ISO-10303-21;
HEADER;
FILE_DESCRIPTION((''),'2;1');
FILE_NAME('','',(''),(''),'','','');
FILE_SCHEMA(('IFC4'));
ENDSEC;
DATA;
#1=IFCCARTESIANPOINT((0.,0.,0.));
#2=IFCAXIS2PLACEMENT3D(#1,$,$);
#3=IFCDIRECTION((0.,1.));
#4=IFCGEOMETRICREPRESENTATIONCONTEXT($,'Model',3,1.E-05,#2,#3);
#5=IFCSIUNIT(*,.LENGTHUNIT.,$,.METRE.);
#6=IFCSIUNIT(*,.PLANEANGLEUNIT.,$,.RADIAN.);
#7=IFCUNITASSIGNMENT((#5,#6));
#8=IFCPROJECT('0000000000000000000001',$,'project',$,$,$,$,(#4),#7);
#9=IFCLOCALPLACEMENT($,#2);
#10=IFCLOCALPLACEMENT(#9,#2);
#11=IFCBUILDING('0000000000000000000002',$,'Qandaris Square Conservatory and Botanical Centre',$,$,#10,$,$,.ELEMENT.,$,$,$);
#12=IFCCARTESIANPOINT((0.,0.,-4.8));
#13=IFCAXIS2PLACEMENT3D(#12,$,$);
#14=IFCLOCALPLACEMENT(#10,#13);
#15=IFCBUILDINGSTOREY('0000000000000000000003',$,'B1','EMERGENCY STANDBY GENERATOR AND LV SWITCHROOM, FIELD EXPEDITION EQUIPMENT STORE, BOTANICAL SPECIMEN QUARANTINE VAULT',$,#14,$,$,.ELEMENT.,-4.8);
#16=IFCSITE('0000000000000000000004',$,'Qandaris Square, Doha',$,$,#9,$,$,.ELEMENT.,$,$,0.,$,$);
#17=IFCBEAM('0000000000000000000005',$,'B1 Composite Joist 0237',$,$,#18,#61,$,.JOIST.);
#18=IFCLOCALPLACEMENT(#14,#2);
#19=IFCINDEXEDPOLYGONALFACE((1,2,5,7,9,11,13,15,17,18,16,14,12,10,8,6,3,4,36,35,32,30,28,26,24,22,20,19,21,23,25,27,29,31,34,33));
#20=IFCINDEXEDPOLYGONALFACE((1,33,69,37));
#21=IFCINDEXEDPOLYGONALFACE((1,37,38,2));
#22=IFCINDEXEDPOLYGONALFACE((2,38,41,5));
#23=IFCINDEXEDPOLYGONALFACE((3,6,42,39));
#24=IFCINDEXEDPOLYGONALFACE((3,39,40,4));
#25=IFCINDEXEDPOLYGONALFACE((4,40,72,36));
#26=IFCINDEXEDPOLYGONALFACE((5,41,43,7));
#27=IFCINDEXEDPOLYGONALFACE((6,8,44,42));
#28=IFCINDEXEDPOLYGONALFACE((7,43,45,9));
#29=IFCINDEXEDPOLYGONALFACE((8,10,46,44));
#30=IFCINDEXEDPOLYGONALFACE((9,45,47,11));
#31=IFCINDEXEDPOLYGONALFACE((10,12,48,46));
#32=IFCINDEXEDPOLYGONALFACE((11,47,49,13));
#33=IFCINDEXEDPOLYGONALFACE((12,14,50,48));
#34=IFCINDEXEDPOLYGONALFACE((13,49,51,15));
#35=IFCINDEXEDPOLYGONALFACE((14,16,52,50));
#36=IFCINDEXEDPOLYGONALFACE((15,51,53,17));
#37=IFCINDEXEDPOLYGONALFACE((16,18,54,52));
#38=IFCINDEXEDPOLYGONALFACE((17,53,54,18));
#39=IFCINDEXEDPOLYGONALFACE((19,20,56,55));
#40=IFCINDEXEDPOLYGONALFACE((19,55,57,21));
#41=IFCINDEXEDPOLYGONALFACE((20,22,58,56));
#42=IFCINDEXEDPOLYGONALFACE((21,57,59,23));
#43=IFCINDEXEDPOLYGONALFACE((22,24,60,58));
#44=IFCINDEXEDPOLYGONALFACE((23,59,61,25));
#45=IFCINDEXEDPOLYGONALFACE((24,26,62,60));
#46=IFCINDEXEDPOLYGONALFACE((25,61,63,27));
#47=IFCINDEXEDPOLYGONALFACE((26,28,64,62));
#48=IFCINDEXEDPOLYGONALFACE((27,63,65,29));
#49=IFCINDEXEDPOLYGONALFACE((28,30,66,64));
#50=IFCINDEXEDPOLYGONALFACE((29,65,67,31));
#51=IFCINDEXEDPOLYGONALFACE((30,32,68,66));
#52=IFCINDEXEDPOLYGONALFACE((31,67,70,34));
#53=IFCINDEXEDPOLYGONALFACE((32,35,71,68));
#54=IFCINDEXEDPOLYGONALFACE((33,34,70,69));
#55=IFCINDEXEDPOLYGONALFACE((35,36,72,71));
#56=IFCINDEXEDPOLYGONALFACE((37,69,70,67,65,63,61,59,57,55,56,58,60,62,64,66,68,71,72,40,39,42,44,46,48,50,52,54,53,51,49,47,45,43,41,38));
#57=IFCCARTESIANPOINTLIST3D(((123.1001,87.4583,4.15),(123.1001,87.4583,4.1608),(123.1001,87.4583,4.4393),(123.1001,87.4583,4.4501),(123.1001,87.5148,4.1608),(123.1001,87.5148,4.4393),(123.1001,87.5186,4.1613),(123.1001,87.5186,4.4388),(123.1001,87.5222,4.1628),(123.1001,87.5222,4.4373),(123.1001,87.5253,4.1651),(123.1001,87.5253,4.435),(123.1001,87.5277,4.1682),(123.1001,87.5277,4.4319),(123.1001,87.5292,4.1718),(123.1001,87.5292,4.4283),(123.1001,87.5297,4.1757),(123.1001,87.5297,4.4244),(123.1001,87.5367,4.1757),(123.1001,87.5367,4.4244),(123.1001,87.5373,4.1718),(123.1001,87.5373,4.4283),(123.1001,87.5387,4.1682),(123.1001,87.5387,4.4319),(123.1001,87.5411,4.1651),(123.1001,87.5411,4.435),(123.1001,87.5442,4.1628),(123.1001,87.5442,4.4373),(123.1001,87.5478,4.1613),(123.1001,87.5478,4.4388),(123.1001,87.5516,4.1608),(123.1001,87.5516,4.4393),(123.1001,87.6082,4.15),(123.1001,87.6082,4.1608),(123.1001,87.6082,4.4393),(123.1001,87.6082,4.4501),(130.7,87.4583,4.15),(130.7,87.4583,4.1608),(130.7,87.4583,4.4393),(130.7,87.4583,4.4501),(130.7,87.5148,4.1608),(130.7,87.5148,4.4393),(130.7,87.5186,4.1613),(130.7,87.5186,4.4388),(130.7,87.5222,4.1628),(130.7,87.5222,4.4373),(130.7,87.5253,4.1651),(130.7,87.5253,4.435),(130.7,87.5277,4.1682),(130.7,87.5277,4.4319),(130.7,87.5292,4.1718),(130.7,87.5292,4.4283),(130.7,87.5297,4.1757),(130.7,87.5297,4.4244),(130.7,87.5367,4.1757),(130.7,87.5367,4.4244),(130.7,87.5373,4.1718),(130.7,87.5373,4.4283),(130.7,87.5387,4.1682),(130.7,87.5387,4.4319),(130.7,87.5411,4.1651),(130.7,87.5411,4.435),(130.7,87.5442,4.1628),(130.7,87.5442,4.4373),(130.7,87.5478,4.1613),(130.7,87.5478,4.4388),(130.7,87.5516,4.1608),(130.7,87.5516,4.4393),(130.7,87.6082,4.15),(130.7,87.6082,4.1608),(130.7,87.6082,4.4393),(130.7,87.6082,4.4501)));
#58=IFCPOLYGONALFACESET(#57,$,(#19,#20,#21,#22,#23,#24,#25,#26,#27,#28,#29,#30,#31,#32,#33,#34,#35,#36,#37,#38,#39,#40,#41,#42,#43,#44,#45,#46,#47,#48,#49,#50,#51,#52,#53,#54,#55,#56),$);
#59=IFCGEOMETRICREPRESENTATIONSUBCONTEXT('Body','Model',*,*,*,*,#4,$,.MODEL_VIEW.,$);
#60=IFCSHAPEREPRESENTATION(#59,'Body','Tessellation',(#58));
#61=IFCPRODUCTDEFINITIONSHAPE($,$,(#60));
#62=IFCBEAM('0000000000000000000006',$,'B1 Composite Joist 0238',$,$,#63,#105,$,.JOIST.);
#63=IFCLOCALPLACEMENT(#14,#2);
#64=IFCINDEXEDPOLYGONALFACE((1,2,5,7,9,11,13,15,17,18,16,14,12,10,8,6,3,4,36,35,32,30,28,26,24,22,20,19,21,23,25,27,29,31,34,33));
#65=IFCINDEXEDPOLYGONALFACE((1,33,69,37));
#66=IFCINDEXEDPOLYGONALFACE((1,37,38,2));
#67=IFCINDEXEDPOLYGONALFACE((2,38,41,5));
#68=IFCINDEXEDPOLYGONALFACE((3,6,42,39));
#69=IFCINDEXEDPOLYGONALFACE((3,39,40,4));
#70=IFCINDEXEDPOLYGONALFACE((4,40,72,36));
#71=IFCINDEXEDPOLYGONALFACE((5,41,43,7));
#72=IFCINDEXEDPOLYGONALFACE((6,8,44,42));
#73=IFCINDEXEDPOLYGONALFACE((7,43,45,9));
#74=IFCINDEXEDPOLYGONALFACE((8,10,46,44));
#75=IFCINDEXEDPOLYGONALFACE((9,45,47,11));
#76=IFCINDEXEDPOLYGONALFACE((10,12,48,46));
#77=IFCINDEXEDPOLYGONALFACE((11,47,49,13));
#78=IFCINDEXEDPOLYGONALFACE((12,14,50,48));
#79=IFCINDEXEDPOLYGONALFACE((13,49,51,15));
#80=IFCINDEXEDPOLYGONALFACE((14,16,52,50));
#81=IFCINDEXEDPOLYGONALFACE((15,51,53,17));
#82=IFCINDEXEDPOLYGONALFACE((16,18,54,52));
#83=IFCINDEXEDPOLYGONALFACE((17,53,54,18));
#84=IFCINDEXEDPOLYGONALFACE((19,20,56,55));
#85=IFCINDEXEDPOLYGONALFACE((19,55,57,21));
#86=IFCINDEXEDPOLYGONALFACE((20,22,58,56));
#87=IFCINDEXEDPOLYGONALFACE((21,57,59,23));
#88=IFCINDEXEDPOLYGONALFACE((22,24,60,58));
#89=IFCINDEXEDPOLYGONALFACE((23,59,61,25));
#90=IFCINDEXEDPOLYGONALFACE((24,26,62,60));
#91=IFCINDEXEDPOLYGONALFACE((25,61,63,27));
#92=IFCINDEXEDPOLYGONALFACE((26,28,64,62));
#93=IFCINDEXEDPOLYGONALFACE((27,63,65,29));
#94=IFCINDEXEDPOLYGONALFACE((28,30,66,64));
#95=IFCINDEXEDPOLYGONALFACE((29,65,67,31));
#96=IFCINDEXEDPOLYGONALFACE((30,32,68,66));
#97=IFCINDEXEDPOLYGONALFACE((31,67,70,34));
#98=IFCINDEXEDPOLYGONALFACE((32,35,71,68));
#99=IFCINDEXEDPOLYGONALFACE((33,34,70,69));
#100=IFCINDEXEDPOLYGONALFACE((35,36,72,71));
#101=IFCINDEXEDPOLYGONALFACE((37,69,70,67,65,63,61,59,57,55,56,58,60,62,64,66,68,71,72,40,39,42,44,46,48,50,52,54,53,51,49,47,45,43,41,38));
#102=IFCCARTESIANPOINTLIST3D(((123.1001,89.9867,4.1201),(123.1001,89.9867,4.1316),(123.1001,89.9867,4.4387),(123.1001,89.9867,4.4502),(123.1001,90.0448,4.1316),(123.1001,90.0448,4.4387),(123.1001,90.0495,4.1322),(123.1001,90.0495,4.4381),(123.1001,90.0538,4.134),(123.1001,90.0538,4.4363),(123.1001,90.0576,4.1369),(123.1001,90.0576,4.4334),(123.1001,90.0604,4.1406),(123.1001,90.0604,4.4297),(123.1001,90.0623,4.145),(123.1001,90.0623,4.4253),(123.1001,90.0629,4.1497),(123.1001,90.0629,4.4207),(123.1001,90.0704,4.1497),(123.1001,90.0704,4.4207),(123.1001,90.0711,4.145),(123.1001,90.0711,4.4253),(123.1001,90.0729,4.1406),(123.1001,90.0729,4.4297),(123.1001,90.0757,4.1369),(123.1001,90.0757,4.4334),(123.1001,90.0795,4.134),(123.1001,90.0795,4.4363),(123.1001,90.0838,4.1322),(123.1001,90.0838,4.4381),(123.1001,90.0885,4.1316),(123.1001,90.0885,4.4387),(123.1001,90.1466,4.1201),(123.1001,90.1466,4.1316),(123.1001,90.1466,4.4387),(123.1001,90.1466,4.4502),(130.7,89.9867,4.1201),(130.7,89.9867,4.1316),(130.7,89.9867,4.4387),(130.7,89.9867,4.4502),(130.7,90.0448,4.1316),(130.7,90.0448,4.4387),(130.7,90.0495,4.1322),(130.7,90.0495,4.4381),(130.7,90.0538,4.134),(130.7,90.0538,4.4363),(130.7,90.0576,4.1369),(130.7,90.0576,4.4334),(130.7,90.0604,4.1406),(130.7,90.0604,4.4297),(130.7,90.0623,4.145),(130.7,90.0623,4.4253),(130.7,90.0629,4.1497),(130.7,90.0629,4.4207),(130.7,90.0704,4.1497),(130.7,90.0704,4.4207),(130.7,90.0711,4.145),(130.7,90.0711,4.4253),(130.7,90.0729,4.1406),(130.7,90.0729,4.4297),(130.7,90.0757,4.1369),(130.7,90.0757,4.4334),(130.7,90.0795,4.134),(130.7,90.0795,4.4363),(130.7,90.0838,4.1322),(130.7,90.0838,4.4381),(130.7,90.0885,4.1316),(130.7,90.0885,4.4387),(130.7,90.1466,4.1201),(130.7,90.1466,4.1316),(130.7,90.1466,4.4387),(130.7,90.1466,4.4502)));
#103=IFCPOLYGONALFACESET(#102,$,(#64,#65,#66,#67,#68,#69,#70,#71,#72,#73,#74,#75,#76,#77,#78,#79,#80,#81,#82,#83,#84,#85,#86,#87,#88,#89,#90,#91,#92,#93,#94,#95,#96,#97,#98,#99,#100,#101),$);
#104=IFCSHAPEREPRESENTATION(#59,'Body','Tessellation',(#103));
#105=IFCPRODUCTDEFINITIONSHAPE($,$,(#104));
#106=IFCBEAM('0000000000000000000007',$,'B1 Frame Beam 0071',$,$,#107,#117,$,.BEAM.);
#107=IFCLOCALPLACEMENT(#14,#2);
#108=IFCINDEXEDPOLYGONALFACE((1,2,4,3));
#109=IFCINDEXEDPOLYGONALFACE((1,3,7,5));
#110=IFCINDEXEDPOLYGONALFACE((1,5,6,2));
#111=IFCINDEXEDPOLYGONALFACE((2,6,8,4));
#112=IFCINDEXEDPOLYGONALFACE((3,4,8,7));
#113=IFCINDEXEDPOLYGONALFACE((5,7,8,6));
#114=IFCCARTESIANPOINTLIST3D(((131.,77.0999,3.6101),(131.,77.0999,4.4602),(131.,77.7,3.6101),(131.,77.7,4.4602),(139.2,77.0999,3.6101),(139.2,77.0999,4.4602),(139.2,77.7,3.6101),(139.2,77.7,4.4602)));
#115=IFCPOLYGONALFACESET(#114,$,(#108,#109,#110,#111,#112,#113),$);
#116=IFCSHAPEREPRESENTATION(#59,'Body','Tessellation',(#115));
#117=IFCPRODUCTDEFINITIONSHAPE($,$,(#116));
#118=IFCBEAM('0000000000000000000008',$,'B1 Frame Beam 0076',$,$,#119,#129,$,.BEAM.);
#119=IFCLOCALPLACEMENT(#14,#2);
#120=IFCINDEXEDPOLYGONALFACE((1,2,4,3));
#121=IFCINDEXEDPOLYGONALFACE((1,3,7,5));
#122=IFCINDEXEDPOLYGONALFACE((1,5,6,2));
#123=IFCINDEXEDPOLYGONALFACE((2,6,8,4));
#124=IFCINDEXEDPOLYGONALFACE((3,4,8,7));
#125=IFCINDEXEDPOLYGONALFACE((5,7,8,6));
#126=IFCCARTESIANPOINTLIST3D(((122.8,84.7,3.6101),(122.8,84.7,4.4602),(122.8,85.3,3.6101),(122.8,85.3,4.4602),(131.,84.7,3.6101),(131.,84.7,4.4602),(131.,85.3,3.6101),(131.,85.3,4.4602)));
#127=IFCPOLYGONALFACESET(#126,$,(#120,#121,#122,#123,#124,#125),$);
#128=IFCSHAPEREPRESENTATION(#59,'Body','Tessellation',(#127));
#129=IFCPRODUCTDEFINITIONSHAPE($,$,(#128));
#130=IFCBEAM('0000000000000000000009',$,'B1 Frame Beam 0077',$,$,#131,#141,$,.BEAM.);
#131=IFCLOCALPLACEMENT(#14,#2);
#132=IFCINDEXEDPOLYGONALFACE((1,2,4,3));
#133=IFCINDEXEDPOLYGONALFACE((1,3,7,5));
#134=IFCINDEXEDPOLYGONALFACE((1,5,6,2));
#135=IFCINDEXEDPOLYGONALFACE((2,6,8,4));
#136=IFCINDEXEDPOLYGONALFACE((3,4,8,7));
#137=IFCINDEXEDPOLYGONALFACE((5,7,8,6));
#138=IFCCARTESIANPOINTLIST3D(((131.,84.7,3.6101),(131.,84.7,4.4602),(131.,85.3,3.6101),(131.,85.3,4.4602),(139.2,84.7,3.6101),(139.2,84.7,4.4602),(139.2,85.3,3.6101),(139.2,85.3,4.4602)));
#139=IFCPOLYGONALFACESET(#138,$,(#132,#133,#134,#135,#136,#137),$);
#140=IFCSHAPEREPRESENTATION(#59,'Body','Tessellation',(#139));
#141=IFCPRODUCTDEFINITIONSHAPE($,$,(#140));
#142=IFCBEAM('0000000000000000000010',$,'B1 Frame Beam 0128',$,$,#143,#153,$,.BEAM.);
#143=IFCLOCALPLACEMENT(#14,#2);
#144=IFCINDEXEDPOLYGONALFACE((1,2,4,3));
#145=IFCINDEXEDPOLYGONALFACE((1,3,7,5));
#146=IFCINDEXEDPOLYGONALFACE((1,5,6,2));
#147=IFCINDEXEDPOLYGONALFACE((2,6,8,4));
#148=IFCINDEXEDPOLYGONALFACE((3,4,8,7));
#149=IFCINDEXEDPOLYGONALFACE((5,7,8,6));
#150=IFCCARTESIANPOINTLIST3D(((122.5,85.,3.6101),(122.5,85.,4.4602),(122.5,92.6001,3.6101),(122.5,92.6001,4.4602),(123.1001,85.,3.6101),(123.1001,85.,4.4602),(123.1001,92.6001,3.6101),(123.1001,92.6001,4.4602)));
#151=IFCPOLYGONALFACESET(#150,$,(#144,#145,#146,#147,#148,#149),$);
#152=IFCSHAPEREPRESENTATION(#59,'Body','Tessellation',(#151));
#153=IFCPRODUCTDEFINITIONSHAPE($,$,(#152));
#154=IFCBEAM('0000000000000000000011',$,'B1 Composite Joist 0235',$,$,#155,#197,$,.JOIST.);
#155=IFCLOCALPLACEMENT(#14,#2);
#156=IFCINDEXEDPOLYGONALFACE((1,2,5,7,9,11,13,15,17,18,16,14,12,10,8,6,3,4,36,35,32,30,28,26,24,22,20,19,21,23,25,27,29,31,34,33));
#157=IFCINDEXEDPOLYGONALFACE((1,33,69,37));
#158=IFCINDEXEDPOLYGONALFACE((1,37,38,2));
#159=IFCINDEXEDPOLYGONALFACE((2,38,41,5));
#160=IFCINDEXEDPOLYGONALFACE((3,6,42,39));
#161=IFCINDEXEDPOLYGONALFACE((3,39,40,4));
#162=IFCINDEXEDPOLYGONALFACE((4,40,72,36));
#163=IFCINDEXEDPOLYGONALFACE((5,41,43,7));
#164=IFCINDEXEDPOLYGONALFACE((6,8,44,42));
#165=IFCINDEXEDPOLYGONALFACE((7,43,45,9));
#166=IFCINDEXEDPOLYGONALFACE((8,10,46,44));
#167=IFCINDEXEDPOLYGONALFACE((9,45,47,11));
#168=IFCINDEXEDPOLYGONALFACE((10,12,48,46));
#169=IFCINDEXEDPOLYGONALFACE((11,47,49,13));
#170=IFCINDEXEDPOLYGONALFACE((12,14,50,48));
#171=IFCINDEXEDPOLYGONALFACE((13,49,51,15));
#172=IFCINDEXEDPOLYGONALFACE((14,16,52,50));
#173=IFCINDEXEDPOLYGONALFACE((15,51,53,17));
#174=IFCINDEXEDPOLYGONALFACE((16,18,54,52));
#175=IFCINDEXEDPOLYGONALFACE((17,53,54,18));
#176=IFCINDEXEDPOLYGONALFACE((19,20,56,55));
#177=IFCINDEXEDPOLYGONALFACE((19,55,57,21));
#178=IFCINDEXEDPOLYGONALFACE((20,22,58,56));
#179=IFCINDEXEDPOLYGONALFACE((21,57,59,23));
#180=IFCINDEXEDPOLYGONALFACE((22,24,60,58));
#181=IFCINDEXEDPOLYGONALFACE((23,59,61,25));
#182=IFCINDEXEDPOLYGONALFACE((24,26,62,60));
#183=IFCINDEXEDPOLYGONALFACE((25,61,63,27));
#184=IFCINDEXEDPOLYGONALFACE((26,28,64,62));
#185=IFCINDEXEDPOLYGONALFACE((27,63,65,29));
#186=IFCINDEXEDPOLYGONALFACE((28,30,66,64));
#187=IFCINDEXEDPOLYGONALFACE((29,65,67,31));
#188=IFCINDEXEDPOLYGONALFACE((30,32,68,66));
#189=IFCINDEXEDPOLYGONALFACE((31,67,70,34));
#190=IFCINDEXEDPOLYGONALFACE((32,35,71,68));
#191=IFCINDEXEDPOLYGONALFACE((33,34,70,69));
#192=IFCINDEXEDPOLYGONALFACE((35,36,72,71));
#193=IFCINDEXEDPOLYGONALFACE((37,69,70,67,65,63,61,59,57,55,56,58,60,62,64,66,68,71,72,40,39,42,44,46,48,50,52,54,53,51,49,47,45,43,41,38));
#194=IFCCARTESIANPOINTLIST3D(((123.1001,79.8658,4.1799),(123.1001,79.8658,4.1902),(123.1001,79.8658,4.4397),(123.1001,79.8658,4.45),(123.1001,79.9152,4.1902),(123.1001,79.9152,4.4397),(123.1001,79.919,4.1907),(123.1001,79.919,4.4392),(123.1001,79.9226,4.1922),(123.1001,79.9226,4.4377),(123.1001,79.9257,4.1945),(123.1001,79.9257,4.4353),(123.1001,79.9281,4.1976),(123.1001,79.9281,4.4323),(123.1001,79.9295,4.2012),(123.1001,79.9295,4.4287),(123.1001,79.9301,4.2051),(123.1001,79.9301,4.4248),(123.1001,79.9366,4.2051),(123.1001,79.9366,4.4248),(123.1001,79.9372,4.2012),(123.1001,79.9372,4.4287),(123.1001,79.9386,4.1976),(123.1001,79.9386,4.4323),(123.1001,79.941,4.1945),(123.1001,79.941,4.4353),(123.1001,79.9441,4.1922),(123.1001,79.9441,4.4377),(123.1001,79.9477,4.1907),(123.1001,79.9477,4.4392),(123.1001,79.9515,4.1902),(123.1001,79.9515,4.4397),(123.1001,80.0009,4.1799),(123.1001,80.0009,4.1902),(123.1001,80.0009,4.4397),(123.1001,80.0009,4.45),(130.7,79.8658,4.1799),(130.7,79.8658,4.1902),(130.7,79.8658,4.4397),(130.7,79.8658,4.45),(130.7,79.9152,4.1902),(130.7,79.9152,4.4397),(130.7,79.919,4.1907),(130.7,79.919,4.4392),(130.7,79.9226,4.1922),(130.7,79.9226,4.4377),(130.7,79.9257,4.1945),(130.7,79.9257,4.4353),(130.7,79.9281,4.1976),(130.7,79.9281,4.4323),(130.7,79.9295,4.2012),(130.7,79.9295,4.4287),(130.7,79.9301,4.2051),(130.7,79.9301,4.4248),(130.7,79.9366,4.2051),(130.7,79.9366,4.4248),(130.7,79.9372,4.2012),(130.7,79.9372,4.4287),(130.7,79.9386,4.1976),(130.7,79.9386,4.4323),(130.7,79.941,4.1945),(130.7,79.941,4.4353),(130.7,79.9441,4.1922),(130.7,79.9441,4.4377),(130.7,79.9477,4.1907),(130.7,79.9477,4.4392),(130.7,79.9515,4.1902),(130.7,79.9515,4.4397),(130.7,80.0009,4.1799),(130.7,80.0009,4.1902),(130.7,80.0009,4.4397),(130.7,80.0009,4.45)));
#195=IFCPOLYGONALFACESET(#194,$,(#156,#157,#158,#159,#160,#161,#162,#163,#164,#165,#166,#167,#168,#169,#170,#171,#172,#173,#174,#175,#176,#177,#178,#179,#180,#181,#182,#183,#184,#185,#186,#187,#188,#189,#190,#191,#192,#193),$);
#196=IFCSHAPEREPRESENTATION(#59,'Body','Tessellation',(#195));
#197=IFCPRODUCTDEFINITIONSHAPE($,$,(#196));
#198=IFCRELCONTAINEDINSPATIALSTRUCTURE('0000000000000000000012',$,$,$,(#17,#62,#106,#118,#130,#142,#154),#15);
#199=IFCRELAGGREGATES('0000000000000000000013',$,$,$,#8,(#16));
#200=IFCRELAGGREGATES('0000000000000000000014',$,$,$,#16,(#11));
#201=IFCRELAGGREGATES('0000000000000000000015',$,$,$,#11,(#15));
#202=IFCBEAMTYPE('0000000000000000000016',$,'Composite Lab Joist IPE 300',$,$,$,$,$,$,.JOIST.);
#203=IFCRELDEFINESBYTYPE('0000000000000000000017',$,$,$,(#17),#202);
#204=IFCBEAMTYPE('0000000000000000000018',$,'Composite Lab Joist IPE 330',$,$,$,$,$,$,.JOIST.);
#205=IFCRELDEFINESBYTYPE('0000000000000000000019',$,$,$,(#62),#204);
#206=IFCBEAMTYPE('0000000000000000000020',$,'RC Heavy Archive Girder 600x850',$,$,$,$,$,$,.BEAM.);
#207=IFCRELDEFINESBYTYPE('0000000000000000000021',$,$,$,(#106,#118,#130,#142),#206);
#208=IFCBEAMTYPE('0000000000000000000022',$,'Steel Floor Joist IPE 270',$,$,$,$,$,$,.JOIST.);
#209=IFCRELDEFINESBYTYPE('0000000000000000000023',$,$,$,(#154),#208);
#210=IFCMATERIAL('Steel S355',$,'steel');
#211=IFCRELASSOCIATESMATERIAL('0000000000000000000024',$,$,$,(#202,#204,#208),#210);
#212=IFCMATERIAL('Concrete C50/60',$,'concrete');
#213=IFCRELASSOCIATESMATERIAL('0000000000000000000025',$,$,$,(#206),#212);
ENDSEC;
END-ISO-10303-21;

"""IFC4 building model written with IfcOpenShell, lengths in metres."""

from ifc_helpers import new_model, si_unit, direction, frame, origin, origin_2d, place, context, subcontext, project, spatial, rectangle, i_section, extrude, material, material_profile, profile_set, type_object, element, save


model = new_model("IFC4")

# Units and contexts
model_context = context("Model", 3, precision=1e-05, world=origin(), true_north=direction((0.0, 1.0)))
body_context = subcontext(model_context, "Body", "Model", "MODEL_VIEW")
ifc_project = project(units=[si_unit("LENGTHUNIT", "METRE"), si_unit("PLANEANGLEUNIT", "RADIAN")], contexts=[model_context])

# Site, building, storey
site_placement = place(None, origin())
site = spatial("IfcSite", under=ifc_project, at=site_placement, Name="Qandaris Square, Doha", CompositionType="ELEMENT", RefElevation=0.0)
building_placement = place(site_placement, origin())
building = spatial("IfcBuilding", under=site, at=building_placement, Name="Qandaris Square Conservatory and Botanical Centre", CompositionType="ELEMENT")
storey_placement = place(building_placement, frame((0.0, 0.0, -4.8)))
storey = spatial("IfcBuildingStorey", under=building, at=storey_placement, Name="B1", Description="EMERGENCY STANDBY GENERATOR AND LV SWITCHROOM, FIELD EXPEDITION EQUIPMENT STORE, BOTANICAL SPECIMEN QUARANTINE VAULT", CompositionType="ELEMENT", Elevation=-4.8)

# Shared definitions
ifc_material_1 = material(Name="Concrete C50/60", Category="concrete")

# Beams
ifc_material_2 = material(Name="Steel S355", Category="steel")
ifc_material_profile_1 = material_profile(ifc_material_2, i_section(OverallWidth=0.1499, OverallDepth=0.3, WebThickness=0.0071, FlangeThickness=0.0107, FilletRadius=0.0149, at=origin_2d()), Name="IPE 300")
ifc_profile_set_1 = profile_set([ifc_material_profile_1], Name="Steel S355")
beam_type_1 = type_object("IfcBeamType", Name="Composite Lab Joist IPE 300", PredefinedType="JOIST", material=ifc_profile_set_1)
for number, where, z_axis, x_axis, name in (
    (1, (123.1001, 87.5332, 4.3), (1.0, 0.0, 0.0), (0.0, 1.0, 0.0), "B1 Composite Joist 0237"),
):
    element("IfcBeam", number, at=place(storey_placement, frame(where, z_axis=z_axis, x_axis=x_axis)), inside=storey, type_object=beam_type_1, Name=name, PredefinedType="JOIST", context=body_context, shape_type="SweptSolid", body=[
        extrude(i_section(OverallWidth=0.1499, OverallDepth=0.3, WebThickness=0.0071, FlangeThickness=0.0107, FilletRadius=0.0149, at=origin_2d()), origin(), (0.0, 0.0, 1.0), 7.5999),
    ])
ifc_material_profile_2 = material_profile(ifc_material_2, i_section(OverallWidth=0.1599, OverallDepth=0.3301, WebThickness=0.0076, FlangeThickness=0.0115, FilletRadius=0.0181, at=origin_2d()), Name="IPE 330")
ifc_profile_set_2 = profile_set([ifc_material_profile_2], Name="Steel S355")
beam_type_2 = type_object("IfcBeamType", Name="Composite Lab Joist IPE 330", PredefinedType="JOIST", material=ifc_profile_set_2)
beam_1_placement = place(storey_placement, frame((123.1001, 90.0667, 4.2852), z_axis=(1.0, 0.0, 0.0), x_axis=(0.0, 1.0, 0.0)))
element("IfcBeam", 2, at=beam_1_placement, inside=storey, type_object=beam_type_2, Name="B1 Composite Joist 0238", PredefinedType="JOIST", context=body_context, shape_type="SweptSolid", body=[
    extrude(i_section(OverallWidth=0.1599, OverallDepth=0.3301, WebThickness=0.0076, FlangeThickness=0.0115, FilletRadius=0.0181, at=origin_2d()), origin(), (0.0, 0.0, 1.0), 7.5999),
])
ifc_material_profile_3 = material_profile(ifc_material_1, rectangle(XDim=0.6001, YDim=0.8501, at=origin_2d()), Name="RC-BM 600x850")
ifc_profile_set_3 = profile_set([ifc_material_profile_3], Name="Concrete C50/60")
beam_type_3 = type_object("IfcBeamType", Name="RC Heavy Archive Girder 600x850", PredefinedType="BEAM", material=ifc_profile_set_3)
for number, where, z_axis, x_axis, name in (
    (3, (131.0, 77.3999, 4.0352), (1.0, 0.0, 0.0), (0.0, 1.0, 0.0), "B1 Frame Beam 0071"),
    (4, (122.8, 85.0, 4.0352), (1.0, 0.0, 0.0), (0.0, 1.0, 0.0), "B1 Frame Beam 0076"),
    (5, (131.0, 85.0, 4.0352), (1.0, 0.0, 0.0), (0.0, 1.0, 0.0), "B1 Frame Beam 0077"),
):
    element("IfcBeam", number, at=place(storey_placement, frame(where, z_axis=z_axis, x_axis=x_axis)), inside=storey, type_object=beam_type_3, Name=name, PredefinedType="BEAM", context=body_context, shape_type="SweptSolid", body=[
        extrude(rectangle(XDim=0.6001, YDim=0.8501, at=origin_2d()), origin(), (0.0, 0.0, 1.0), 8.2),
    ])
beam_2_placement = place(storey_placement, frame((122.8, 85.0, 4.0352), z_axis=(0.0, 1.0, 0.0), x_axis=(-1.0, 0.0, 0.0)))
element("IfcBeam", 6, at=beam_2_placement, inside=storey, type_object=beam_type_3, Name="B1 Frame Beam 0128", PredefinedType="BEAM", context=body_context, shape_type="SweptSolid", body=[
    extrude(rectangle(XDim=0.6001, YDim=0.8501, at=origin_2d()), origin(), (0.0, 0.0, 1.0), 7.6001),
])
ifc_material_profile_4 = material_profile(ifc_material_2, i_section(OverallWidth=0.135, OverallDepth=0.27, WebThickness=0.0066, FlangeThickness=0.0103, FilletRadius=0.0149, at=origin_2d()), Name="IPE 270")
ifc_profile_set_4 = profile_set([ifc_material_profile_4], Name="Steel S355")
beam_type_4 = type_object("IfcBeamType", Name="Steel Floor Joist IPE 270", PredefinedType="JOIST", material=ifc_profile_set_4)
beam_3_placement = place(storey_placement, frame((123.1001, 79.9333, 4.3149), z_axis=(1.0, 0.0, 0.0), x_axis=(0.0, 1.0, 0.0)))
element("IfcBeam", 7, at=beam_3_placement, inside=storey, type_object=beam_type_4, Name="B1 Composite Joist 0235", PredefinedType="JOIST", context=body_context, shape_type="SweptSolid", body=[
    extrude(i_section(OverallWidth=0.135, OverallDepth=0.27, WebThickness=0.0066, FlangeThickness=0.0103, FilletRadius=0.0149, at=origin_2d()), origin(), (0.0, 0.0, 1.0), 7.5999),
])

save(model, "model.ifc")
